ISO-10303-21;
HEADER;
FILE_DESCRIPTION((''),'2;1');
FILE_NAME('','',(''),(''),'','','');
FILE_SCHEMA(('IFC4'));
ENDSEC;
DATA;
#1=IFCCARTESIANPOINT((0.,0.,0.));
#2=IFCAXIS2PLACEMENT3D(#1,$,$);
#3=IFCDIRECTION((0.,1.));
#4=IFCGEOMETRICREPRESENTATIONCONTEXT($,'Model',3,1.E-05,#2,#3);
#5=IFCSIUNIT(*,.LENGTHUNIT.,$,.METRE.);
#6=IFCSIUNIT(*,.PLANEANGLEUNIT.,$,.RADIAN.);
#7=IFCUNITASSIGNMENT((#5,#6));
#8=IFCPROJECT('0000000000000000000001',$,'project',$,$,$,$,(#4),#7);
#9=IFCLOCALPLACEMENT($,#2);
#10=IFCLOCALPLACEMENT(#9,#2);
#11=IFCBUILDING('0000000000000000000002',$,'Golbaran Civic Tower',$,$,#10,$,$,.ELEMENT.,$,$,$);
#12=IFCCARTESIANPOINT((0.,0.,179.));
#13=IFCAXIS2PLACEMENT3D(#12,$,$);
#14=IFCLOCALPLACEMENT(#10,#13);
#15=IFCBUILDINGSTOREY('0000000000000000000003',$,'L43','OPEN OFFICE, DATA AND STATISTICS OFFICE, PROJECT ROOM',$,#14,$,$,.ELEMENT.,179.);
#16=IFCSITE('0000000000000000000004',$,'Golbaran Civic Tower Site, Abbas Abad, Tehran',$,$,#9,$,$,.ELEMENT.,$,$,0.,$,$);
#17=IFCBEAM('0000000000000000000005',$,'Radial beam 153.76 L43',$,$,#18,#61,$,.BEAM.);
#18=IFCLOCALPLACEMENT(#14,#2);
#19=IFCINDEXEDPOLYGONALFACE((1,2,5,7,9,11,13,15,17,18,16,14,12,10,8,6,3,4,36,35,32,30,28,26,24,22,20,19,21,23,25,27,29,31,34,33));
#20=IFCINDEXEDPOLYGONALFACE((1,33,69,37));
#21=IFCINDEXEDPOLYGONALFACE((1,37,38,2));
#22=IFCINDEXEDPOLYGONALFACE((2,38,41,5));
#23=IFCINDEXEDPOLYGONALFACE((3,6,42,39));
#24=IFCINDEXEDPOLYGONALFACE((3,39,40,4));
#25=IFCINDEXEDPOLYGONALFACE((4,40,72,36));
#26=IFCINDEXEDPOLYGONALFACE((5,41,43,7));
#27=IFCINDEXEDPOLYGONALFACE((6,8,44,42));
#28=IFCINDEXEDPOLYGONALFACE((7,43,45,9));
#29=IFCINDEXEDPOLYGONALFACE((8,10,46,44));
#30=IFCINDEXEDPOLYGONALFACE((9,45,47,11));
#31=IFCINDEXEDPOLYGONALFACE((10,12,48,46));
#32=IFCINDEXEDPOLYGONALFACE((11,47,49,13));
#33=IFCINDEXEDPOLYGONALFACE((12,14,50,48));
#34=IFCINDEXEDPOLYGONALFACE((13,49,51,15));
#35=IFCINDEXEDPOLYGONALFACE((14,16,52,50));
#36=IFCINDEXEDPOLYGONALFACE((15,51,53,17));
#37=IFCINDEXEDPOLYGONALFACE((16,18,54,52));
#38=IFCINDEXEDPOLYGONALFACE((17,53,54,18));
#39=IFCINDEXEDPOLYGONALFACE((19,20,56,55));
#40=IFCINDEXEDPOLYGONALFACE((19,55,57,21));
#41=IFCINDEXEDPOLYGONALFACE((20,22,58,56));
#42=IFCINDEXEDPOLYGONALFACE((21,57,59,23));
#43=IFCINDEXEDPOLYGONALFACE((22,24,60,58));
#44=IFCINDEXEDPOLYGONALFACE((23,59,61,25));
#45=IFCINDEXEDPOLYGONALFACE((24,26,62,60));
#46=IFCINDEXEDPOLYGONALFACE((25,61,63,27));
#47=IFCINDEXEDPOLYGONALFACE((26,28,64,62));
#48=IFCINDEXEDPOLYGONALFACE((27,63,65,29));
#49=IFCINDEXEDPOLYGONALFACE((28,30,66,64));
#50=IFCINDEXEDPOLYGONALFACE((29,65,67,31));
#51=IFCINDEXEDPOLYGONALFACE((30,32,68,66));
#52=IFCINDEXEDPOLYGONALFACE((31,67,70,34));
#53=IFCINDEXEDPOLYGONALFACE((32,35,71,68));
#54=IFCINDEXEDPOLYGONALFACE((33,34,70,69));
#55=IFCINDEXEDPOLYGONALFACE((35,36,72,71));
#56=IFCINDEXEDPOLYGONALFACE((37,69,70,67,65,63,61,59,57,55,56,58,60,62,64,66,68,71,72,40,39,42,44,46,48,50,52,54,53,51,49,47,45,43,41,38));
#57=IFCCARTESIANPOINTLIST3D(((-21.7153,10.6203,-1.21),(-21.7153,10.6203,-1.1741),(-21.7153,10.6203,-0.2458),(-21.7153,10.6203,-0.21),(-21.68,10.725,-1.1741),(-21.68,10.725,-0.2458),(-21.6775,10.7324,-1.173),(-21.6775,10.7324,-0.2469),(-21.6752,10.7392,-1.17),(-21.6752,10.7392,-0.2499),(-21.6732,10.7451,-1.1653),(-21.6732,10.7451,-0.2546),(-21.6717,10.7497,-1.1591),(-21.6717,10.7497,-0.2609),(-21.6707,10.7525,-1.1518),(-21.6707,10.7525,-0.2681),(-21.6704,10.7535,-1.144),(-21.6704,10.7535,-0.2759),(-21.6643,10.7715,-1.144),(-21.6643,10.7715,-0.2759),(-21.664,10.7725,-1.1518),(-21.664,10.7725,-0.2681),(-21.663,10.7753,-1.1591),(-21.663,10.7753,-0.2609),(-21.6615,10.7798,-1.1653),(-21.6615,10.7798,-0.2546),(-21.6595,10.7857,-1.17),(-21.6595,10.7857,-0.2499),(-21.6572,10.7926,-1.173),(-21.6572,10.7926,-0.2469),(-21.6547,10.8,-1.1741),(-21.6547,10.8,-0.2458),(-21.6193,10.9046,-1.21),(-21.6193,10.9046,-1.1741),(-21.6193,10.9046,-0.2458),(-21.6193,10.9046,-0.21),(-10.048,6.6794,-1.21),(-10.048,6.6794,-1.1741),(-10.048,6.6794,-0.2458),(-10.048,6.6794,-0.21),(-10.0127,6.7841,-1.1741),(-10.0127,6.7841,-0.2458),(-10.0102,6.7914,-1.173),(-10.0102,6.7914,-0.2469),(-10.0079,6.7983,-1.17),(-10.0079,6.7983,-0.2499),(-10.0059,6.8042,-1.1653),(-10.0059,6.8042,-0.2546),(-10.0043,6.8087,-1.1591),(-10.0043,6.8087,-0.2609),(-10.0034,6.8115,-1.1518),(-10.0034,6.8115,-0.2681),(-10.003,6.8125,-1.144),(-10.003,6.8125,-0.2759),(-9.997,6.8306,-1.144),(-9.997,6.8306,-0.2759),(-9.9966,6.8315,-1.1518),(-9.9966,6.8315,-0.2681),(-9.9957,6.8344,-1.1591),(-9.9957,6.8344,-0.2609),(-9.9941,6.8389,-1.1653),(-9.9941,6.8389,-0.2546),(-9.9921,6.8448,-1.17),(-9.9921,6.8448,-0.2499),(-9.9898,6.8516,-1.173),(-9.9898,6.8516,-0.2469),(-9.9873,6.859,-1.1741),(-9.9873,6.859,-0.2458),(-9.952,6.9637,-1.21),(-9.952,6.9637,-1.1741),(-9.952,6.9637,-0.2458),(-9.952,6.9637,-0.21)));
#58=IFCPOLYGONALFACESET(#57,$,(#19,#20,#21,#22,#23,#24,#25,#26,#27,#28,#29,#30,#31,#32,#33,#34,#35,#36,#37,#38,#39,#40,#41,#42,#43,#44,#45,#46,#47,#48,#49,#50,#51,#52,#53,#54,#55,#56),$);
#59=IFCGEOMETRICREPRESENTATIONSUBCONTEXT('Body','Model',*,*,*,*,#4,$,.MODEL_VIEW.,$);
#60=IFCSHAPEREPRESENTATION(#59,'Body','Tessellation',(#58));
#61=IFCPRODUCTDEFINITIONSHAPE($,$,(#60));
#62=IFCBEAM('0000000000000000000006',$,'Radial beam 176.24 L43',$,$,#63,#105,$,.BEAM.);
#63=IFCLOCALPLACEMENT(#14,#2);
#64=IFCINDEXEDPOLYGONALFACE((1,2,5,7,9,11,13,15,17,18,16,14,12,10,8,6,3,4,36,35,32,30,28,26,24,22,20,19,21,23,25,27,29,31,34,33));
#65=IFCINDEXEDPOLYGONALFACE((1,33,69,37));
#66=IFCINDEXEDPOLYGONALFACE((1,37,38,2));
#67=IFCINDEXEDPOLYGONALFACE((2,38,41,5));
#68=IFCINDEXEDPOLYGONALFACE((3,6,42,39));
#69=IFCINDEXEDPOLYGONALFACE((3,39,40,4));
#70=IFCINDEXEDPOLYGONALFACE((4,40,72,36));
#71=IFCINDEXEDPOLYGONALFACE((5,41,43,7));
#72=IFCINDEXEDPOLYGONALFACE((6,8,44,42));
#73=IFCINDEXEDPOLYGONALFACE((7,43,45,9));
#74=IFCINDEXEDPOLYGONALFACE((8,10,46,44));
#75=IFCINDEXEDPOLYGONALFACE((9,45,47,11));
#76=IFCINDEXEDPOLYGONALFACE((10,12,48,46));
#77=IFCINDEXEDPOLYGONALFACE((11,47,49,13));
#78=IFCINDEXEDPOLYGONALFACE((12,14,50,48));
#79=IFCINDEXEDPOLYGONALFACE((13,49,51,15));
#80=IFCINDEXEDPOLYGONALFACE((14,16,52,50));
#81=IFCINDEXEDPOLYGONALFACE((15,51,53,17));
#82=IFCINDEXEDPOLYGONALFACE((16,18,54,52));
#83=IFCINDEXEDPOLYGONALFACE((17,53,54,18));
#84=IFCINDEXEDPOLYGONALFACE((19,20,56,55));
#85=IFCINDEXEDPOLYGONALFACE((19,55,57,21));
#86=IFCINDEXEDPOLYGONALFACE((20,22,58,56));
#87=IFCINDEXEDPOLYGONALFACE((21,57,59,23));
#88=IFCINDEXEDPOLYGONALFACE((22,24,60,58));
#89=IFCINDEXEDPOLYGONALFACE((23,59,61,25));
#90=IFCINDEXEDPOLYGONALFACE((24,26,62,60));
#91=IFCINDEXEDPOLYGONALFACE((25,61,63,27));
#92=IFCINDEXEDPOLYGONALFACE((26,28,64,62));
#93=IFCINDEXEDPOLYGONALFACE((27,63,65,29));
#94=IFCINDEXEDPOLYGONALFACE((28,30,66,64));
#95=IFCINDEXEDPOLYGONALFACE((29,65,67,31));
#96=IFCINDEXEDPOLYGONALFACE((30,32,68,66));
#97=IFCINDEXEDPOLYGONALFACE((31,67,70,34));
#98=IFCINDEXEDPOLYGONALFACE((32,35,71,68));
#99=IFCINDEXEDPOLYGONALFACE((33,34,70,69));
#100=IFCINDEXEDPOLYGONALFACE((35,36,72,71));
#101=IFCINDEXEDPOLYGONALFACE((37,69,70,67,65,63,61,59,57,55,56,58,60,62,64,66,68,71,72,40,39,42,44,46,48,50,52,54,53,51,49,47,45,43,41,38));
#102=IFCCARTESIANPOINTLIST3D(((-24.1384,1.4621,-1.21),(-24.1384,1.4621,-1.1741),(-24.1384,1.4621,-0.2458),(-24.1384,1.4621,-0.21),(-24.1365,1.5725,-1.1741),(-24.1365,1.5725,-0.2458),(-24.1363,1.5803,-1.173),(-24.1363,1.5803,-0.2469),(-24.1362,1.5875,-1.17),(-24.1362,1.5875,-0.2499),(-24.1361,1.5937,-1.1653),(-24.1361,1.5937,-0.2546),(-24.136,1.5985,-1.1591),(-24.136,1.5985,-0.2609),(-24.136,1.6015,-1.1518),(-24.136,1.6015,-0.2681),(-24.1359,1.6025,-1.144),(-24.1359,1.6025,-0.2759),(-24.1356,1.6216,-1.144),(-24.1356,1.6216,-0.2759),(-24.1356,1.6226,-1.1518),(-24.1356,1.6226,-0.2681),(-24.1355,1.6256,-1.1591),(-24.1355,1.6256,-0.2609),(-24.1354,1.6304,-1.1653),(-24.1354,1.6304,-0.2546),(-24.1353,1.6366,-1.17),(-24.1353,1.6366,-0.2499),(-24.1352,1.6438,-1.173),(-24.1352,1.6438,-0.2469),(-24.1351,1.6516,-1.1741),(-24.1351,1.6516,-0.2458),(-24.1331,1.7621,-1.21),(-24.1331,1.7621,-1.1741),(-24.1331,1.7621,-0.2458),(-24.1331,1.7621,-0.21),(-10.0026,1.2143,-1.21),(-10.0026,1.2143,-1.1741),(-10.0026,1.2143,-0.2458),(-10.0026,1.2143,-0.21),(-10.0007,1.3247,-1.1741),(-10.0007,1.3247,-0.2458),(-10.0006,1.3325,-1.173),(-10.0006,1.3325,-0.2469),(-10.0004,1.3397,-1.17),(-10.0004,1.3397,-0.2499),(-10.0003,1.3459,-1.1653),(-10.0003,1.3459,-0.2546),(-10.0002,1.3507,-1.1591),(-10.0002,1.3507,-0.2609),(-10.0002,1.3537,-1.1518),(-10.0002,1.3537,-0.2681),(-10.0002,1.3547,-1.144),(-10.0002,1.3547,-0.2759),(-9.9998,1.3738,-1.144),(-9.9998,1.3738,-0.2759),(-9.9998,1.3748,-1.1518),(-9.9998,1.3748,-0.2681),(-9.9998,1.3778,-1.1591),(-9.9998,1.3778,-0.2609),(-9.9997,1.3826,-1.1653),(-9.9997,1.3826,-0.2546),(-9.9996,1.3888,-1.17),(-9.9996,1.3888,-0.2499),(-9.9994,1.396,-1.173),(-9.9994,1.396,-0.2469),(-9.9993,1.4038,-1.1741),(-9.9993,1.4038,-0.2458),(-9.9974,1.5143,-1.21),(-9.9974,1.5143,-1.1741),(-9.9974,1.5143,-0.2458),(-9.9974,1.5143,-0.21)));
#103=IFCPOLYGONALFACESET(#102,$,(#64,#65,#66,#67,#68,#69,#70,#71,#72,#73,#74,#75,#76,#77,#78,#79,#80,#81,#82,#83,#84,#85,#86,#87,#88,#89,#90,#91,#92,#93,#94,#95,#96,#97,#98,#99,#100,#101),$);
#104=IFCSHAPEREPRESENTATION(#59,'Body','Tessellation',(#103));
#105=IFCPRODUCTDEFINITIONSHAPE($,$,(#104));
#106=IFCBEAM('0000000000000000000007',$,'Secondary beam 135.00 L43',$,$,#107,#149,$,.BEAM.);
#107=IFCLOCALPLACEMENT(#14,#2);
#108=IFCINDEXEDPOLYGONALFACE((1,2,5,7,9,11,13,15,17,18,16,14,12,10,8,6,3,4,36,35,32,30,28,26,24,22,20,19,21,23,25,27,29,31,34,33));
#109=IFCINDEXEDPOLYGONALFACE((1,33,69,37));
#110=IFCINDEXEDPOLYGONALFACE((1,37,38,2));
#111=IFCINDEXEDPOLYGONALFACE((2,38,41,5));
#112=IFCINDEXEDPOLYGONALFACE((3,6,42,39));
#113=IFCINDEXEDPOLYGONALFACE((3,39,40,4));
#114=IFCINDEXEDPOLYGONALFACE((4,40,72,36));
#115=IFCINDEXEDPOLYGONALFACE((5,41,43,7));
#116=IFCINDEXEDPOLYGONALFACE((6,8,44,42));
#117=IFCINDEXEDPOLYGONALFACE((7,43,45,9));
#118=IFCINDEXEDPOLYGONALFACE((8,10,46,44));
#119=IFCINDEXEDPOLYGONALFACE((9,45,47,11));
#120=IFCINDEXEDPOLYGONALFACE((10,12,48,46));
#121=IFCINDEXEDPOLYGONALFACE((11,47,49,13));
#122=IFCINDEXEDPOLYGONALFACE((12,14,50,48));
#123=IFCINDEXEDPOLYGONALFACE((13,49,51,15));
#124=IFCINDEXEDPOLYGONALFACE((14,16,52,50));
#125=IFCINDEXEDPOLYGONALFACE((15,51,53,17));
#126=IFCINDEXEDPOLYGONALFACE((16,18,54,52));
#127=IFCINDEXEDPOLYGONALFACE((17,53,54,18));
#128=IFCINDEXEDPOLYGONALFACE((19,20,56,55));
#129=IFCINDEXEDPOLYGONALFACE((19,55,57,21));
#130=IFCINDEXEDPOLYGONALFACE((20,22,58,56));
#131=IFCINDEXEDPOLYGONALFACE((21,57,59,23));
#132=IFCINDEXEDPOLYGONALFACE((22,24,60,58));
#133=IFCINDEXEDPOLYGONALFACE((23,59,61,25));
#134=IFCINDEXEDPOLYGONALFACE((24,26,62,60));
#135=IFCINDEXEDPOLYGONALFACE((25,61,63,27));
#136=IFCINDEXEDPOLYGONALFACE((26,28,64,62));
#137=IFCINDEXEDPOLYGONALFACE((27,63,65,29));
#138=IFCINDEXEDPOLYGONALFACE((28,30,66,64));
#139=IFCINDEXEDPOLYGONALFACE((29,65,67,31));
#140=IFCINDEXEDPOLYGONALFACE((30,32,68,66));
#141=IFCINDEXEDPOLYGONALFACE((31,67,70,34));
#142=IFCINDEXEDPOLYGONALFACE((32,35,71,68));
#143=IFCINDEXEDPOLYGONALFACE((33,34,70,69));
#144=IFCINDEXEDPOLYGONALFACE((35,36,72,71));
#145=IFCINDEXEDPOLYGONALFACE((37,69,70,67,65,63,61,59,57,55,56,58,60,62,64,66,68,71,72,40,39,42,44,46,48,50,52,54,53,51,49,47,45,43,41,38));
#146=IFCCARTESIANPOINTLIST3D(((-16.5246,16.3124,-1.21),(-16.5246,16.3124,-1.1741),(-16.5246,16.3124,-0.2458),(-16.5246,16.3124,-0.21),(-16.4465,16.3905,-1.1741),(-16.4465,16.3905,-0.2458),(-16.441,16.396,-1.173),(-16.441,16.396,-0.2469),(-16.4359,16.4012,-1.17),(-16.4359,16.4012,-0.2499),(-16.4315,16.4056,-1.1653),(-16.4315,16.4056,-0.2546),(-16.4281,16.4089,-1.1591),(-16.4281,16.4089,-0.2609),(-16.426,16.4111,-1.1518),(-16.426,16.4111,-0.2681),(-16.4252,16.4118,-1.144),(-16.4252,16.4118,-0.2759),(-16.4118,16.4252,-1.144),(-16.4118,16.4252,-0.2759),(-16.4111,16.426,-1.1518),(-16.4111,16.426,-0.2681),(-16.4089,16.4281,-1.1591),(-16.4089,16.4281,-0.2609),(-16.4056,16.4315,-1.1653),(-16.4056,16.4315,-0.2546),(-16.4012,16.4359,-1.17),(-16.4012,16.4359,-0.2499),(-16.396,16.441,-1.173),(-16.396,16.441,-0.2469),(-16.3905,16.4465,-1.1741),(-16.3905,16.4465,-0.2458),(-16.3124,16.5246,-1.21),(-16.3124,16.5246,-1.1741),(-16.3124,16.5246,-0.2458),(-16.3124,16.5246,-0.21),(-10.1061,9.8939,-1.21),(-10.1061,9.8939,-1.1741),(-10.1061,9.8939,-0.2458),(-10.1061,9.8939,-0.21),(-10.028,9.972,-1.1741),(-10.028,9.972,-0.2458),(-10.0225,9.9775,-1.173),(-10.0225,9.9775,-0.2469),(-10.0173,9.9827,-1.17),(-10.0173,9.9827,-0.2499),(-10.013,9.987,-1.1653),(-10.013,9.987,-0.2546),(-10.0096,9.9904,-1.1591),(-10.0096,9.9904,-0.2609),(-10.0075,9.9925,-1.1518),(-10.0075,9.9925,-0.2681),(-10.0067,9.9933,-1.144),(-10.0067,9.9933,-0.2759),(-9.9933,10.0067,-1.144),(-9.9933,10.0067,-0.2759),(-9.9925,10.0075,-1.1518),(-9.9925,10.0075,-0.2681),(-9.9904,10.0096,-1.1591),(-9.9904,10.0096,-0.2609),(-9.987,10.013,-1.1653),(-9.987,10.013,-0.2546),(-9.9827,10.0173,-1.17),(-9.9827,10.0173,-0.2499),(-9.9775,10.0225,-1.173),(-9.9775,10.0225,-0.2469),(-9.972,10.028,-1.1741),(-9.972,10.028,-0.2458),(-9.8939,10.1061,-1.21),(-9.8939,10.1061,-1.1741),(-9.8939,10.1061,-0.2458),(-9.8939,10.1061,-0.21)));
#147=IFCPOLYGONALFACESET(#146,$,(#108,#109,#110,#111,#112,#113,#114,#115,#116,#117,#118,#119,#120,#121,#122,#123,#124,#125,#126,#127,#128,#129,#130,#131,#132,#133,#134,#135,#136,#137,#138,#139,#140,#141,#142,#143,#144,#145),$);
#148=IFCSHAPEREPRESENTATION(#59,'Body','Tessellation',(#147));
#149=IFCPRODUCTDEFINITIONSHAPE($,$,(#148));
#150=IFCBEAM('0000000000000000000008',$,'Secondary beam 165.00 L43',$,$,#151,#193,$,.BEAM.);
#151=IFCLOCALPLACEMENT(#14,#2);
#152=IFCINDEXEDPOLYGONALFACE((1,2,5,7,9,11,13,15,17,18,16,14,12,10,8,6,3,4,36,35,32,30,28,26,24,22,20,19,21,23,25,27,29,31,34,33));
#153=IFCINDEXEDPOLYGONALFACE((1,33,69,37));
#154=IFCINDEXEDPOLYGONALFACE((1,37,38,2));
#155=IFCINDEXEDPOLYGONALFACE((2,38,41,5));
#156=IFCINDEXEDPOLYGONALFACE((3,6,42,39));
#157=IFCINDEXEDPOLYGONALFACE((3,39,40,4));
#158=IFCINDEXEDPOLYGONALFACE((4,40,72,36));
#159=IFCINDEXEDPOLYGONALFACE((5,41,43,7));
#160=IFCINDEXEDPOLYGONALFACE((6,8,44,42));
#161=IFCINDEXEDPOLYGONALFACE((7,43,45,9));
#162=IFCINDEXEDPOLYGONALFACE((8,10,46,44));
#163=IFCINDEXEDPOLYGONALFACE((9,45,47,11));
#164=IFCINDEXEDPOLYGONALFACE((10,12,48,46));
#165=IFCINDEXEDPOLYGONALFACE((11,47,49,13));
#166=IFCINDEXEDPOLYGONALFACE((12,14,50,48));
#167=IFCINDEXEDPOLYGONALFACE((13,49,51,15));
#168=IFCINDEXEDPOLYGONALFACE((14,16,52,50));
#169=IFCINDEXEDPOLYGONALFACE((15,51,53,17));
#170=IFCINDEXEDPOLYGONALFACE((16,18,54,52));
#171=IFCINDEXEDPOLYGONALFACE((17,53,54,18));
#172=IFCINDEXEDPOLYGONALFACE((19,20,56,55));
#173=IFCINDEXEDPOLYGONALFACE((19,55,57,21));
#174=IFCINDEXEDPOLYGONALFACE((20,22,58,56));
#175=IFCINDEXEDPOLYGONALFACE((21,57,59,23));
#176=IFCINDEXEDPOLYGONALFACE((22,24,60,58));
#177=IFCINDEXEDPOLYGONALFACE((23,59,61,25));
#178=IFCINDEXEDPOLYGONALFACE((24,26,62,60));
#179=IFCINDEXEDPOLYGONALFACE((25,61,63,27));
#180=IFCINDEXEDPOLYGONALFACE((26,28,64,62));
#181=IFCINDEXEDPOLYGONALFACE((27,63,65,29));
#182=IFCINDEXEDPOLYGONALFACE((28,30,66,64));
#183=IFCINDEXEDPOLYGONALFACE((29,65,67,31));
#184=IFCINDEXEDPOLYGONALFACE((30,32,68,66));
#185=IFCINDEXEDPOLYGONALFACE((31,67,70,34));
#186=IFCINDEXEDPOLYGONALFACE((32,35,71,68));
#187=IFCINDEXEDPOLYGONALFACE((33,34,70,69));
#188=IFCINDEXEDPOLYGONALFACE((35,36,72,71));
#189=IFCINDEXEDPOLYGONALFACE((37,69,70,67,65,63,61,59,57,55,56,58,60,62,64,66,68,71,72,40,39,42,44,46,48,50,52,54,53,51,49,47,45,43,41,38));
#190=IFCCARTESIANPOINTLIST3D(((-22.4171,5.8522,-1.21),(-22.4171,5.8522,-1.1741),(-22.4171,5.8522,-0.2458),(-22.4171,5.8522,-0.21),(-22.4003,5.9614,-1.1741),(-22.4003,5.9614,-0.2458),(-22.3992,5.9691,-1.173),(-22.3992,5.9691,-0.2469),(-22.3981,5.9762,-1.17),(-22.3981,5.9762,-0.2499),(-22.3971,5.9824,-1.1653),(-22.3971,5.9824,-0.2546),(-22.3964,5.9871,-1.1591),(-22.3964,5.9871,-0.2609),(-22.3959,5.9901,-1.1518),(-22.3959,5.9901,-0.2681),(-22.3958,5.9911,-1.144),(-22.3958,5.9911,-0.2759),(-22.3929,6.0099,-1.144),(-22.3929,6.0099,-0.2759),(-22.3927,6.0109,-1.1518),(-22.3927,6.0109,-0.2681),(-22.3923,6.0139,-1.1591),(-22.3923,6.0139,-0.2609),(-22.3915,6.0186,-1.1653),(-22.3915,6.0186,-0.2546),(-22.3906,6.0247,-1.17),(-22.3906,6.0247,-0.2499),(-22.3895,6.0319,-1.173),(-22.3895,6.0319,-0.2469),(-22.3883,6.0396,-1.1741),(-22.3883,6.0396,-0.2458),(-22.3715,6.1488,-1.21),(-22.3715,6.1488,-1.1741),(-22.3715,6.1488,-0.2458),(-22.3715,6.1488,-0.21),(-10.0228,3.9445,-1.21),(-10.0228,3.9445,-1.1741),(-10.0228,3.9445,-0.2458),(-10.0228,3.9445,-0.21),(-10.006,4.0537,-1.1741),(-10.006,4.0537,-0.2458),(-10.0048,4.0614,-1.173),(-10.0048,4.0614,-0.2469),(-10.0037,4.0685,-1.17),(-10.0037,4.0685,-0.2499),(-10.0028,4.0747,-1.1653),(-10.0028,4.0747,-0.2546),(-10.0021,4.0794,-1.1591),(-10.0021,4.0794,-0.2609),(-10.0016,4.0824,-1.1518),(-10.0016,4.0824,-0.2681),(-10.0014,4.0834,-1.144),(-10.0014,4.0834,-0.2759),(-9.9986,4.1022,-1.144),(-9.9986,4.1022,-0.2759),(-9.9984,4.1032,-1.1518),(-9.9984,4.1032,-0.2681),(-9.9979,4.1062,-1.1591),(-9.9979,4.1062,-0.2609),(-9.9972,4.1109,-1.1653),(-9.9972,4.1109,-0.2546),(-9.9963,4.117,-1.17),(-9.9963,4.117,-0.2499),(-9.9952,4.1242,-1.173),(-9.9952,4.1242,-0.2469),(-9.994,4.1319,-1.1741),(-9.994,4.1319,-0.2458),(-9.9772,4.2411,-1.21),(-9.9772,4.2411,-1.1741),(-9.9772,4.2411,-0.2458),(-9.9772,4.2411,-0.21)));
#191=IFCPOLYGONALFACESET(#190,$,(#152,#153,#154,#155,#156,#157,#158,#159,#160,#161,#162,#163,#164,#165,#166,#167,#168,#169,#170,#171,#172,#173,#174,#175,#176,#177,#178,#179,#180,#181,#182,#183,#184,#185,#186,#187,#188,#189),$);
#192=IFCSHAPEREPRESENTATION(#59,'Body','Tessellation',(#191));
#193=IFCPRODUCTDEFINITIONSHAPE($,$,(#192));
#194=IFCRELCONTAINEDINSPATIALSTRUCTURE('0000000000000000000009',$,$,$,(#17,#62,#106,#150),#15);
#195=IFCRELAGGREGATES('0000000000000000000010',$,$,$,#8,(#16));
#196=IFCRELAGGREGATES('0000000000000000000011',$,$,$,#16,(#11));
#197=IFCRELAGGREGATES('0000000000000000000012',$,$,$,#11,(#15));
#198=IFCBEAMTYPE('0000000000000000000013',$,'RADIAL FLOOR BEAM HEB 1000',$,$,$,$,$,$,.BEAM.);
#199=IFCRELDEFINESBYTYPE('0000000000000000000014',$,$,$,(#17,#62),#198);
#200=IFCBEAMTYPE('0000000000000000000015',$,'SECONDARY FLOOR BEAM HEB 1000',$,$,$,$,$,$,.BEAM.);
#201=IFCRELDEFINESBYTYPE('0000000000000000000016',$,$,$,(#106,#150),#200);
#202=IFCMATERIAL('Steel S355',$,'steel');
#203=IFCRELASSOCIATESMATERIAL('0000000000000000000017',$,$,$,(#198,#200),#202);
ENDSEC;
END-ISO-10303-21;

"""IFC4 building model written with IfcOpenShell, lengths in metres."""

from ifc_helpers import new_model, si_unit, direction, frame, origin, origin_2d, place, context, subcontext, project, spatial, i_section, extrude, material, material_profile, profile_set, type_object, element, save


model = new_model("IFC4")

# Units and contexts
model_context = context("Model", 3, precision=1e-05, world=origin(), true_north=direction((0.0, 1.0)))
body_context = subcontext(model_context, "Body", "Model", "MODEL_VIEW")
ifc_project = project(units=[si_unit("LENGTHUNIT", "METRE"), si_unit("PLANEANGLEUNIT", "RADIAN")], contexts=[model_context])

# Site, building, storey
site_placement = place(None, origin())
site = spatial("IfcSite", under=ifc_project, at=site_placement, Name="Golbaran Civic Tower Site, Abbas Abad, Tehran", CompositionType="ELEMENT", RefElevation=0.0)
building_placement = place(site_placement, origin())
building = spatial("IfcBuilding", under=site, at=building_placement, Name="Golbaran Civic Tower", CompositionType="ELEMENT")
storey_placement = place(building_placement, frame((0.0, 0.0, 179.0)))
storey = spatial("IfcBuildingStorey", under=building, at=storey_placement, Name="L43", Description="OPEN OFFICE, DATA AND STATISTICS OFFICE, PROJECT ROOM", CompositionType="ELEMENT", Elevation=179.0)

# Beams
ifc_material_1 = material(Name="Steel S355", Category="steel")
ifc_material_profile_1 = material_profile(ifc_material_1, i_section(OverallWidth=0.3, OverallDepth=1.0, WebThickness=0.019, FlangeThickness=0.0359, FilletRadius=0.03, at=origin_2d()), Name="HEB 1000")
ifc_profile_set_1 = profile_set([ifc_material_profile_1], Name="Steel S355")
beam_type_1 = type_object("IfcBeamType", Name="RADIAL FLOOR BEAM HEB 1000", PredefinedType="BEAM", material=ifc_profile_set_1)
beam_1_placement = place(storey_placement, frame((-10.0, 6.8215, -0.71), z_axis=(-0.947413, 0.320014, 0.0), x_axis=(-0.320014, -0.947413, 0.0)))
element("IfcBeam", 1, at=beam_1_placement, inside=storey, type_object=beam_type_1, Name="Radial beam 153.76 L43", PredefinedType="BEAM", context=body_context, shape_type="SweptSolid", body=[
    extrude(i_section(OverallWidth=0.3, OverallDepth=1.0, WebThickness=0.019, FlangeThickness=0.0359, FilletRadius=0.03, at=origin_2d()), origin(), (0.0, 0.0, 1.0), 12.3149),
])
beam_2_placement = place(storey_placement, frame((-10.0, 1.3643, -0.71), z_axis=(-0.999846, 0.017528, 0.0), x_axis=(-0.017528, -0.999846, 0.0)))
element("IfcBeam", 2, at=beam_2_placement, inside=storey, type_object=beam_type_1, Name="Radial beam 176.24 L43", PredefinedType="BEAM", context=body_context, shape_type="SweptSolid", body=[
    extrude(i_section(OverallWidth=0.3, OverallDepth=1.0, WebThickness=0.019, FlangeThickness=0.0359, FilletRadius=0.03, at=origin_2d()), origin(), (0.0, 0.0, 1.0), 14.1379),
])
ifc_material_profile_2 = material_profile(ifc_material_1, i_section(OverallWidth=0.3, OverallDepth=1.0, WebThickness=0.019, FlangeThickness=0.0359, FilletRadius=0.03, at=origin_2d()), Name="HEB 1000")
ifc_profile_set_2 = profile_set([ifc_material_profile_2], Name="Steel S355")
beam_type_2 = type_object("IfcBeamType", Name="SECONDARY FLOOR BEAM HEB 1000", PredefinedType="BEAM", material=ifc_profile_set_2)
beam_3_placement = place(storey_placement, frame((-10.0, 10.0, -0.71), z_axis=(-0.707107, 0.707107, 0.0), x_axis=(-0.707107, -0.707107, 0.0)))
element("IfcBeam", 3, at=beam_3_placement, inside=storey, type_object=beam_type_2, Name="Secondary beam 135.00 L43", PredefinedType="BEAM", context=body_context, shape_type="SweptSolid", body=[
    extrude(i_section(OverallWidth=0.3, OverallDepth=1.0, WebThickness=0.019, FlangeThickness=0.0359, FilletRadius=0.03, at=origin_2d()), origin(), (0.0, 0.0, 1.0), 9.0771),
])
beam_4_placement = place(storey_placement, frame((-10.0, 4.0928, -0.71), z_axis=(-0.988361, 0.152127, 0.0), x_axis=(-0.152127, -0.988361, 0.0)))
element("IfcBeam", 4, at=beam_4_placement, inside=storey, type_object=beam_type_2, Name="Secondary beam 165.00 L43", PredefinedType="BEAM", context=body_context, shape_type="SweptSolid", body=[
    extrude(i_section(OverallWidth=0.3, OverallDepth=1.0, WebThickness=0.019, FlangeThickness=0.0359, FilletRadius=0.03, at=origin_2d()), origin(), (0.0, 0.0, 1.0), 12.5403),
])

save(model, "model.ifc")
